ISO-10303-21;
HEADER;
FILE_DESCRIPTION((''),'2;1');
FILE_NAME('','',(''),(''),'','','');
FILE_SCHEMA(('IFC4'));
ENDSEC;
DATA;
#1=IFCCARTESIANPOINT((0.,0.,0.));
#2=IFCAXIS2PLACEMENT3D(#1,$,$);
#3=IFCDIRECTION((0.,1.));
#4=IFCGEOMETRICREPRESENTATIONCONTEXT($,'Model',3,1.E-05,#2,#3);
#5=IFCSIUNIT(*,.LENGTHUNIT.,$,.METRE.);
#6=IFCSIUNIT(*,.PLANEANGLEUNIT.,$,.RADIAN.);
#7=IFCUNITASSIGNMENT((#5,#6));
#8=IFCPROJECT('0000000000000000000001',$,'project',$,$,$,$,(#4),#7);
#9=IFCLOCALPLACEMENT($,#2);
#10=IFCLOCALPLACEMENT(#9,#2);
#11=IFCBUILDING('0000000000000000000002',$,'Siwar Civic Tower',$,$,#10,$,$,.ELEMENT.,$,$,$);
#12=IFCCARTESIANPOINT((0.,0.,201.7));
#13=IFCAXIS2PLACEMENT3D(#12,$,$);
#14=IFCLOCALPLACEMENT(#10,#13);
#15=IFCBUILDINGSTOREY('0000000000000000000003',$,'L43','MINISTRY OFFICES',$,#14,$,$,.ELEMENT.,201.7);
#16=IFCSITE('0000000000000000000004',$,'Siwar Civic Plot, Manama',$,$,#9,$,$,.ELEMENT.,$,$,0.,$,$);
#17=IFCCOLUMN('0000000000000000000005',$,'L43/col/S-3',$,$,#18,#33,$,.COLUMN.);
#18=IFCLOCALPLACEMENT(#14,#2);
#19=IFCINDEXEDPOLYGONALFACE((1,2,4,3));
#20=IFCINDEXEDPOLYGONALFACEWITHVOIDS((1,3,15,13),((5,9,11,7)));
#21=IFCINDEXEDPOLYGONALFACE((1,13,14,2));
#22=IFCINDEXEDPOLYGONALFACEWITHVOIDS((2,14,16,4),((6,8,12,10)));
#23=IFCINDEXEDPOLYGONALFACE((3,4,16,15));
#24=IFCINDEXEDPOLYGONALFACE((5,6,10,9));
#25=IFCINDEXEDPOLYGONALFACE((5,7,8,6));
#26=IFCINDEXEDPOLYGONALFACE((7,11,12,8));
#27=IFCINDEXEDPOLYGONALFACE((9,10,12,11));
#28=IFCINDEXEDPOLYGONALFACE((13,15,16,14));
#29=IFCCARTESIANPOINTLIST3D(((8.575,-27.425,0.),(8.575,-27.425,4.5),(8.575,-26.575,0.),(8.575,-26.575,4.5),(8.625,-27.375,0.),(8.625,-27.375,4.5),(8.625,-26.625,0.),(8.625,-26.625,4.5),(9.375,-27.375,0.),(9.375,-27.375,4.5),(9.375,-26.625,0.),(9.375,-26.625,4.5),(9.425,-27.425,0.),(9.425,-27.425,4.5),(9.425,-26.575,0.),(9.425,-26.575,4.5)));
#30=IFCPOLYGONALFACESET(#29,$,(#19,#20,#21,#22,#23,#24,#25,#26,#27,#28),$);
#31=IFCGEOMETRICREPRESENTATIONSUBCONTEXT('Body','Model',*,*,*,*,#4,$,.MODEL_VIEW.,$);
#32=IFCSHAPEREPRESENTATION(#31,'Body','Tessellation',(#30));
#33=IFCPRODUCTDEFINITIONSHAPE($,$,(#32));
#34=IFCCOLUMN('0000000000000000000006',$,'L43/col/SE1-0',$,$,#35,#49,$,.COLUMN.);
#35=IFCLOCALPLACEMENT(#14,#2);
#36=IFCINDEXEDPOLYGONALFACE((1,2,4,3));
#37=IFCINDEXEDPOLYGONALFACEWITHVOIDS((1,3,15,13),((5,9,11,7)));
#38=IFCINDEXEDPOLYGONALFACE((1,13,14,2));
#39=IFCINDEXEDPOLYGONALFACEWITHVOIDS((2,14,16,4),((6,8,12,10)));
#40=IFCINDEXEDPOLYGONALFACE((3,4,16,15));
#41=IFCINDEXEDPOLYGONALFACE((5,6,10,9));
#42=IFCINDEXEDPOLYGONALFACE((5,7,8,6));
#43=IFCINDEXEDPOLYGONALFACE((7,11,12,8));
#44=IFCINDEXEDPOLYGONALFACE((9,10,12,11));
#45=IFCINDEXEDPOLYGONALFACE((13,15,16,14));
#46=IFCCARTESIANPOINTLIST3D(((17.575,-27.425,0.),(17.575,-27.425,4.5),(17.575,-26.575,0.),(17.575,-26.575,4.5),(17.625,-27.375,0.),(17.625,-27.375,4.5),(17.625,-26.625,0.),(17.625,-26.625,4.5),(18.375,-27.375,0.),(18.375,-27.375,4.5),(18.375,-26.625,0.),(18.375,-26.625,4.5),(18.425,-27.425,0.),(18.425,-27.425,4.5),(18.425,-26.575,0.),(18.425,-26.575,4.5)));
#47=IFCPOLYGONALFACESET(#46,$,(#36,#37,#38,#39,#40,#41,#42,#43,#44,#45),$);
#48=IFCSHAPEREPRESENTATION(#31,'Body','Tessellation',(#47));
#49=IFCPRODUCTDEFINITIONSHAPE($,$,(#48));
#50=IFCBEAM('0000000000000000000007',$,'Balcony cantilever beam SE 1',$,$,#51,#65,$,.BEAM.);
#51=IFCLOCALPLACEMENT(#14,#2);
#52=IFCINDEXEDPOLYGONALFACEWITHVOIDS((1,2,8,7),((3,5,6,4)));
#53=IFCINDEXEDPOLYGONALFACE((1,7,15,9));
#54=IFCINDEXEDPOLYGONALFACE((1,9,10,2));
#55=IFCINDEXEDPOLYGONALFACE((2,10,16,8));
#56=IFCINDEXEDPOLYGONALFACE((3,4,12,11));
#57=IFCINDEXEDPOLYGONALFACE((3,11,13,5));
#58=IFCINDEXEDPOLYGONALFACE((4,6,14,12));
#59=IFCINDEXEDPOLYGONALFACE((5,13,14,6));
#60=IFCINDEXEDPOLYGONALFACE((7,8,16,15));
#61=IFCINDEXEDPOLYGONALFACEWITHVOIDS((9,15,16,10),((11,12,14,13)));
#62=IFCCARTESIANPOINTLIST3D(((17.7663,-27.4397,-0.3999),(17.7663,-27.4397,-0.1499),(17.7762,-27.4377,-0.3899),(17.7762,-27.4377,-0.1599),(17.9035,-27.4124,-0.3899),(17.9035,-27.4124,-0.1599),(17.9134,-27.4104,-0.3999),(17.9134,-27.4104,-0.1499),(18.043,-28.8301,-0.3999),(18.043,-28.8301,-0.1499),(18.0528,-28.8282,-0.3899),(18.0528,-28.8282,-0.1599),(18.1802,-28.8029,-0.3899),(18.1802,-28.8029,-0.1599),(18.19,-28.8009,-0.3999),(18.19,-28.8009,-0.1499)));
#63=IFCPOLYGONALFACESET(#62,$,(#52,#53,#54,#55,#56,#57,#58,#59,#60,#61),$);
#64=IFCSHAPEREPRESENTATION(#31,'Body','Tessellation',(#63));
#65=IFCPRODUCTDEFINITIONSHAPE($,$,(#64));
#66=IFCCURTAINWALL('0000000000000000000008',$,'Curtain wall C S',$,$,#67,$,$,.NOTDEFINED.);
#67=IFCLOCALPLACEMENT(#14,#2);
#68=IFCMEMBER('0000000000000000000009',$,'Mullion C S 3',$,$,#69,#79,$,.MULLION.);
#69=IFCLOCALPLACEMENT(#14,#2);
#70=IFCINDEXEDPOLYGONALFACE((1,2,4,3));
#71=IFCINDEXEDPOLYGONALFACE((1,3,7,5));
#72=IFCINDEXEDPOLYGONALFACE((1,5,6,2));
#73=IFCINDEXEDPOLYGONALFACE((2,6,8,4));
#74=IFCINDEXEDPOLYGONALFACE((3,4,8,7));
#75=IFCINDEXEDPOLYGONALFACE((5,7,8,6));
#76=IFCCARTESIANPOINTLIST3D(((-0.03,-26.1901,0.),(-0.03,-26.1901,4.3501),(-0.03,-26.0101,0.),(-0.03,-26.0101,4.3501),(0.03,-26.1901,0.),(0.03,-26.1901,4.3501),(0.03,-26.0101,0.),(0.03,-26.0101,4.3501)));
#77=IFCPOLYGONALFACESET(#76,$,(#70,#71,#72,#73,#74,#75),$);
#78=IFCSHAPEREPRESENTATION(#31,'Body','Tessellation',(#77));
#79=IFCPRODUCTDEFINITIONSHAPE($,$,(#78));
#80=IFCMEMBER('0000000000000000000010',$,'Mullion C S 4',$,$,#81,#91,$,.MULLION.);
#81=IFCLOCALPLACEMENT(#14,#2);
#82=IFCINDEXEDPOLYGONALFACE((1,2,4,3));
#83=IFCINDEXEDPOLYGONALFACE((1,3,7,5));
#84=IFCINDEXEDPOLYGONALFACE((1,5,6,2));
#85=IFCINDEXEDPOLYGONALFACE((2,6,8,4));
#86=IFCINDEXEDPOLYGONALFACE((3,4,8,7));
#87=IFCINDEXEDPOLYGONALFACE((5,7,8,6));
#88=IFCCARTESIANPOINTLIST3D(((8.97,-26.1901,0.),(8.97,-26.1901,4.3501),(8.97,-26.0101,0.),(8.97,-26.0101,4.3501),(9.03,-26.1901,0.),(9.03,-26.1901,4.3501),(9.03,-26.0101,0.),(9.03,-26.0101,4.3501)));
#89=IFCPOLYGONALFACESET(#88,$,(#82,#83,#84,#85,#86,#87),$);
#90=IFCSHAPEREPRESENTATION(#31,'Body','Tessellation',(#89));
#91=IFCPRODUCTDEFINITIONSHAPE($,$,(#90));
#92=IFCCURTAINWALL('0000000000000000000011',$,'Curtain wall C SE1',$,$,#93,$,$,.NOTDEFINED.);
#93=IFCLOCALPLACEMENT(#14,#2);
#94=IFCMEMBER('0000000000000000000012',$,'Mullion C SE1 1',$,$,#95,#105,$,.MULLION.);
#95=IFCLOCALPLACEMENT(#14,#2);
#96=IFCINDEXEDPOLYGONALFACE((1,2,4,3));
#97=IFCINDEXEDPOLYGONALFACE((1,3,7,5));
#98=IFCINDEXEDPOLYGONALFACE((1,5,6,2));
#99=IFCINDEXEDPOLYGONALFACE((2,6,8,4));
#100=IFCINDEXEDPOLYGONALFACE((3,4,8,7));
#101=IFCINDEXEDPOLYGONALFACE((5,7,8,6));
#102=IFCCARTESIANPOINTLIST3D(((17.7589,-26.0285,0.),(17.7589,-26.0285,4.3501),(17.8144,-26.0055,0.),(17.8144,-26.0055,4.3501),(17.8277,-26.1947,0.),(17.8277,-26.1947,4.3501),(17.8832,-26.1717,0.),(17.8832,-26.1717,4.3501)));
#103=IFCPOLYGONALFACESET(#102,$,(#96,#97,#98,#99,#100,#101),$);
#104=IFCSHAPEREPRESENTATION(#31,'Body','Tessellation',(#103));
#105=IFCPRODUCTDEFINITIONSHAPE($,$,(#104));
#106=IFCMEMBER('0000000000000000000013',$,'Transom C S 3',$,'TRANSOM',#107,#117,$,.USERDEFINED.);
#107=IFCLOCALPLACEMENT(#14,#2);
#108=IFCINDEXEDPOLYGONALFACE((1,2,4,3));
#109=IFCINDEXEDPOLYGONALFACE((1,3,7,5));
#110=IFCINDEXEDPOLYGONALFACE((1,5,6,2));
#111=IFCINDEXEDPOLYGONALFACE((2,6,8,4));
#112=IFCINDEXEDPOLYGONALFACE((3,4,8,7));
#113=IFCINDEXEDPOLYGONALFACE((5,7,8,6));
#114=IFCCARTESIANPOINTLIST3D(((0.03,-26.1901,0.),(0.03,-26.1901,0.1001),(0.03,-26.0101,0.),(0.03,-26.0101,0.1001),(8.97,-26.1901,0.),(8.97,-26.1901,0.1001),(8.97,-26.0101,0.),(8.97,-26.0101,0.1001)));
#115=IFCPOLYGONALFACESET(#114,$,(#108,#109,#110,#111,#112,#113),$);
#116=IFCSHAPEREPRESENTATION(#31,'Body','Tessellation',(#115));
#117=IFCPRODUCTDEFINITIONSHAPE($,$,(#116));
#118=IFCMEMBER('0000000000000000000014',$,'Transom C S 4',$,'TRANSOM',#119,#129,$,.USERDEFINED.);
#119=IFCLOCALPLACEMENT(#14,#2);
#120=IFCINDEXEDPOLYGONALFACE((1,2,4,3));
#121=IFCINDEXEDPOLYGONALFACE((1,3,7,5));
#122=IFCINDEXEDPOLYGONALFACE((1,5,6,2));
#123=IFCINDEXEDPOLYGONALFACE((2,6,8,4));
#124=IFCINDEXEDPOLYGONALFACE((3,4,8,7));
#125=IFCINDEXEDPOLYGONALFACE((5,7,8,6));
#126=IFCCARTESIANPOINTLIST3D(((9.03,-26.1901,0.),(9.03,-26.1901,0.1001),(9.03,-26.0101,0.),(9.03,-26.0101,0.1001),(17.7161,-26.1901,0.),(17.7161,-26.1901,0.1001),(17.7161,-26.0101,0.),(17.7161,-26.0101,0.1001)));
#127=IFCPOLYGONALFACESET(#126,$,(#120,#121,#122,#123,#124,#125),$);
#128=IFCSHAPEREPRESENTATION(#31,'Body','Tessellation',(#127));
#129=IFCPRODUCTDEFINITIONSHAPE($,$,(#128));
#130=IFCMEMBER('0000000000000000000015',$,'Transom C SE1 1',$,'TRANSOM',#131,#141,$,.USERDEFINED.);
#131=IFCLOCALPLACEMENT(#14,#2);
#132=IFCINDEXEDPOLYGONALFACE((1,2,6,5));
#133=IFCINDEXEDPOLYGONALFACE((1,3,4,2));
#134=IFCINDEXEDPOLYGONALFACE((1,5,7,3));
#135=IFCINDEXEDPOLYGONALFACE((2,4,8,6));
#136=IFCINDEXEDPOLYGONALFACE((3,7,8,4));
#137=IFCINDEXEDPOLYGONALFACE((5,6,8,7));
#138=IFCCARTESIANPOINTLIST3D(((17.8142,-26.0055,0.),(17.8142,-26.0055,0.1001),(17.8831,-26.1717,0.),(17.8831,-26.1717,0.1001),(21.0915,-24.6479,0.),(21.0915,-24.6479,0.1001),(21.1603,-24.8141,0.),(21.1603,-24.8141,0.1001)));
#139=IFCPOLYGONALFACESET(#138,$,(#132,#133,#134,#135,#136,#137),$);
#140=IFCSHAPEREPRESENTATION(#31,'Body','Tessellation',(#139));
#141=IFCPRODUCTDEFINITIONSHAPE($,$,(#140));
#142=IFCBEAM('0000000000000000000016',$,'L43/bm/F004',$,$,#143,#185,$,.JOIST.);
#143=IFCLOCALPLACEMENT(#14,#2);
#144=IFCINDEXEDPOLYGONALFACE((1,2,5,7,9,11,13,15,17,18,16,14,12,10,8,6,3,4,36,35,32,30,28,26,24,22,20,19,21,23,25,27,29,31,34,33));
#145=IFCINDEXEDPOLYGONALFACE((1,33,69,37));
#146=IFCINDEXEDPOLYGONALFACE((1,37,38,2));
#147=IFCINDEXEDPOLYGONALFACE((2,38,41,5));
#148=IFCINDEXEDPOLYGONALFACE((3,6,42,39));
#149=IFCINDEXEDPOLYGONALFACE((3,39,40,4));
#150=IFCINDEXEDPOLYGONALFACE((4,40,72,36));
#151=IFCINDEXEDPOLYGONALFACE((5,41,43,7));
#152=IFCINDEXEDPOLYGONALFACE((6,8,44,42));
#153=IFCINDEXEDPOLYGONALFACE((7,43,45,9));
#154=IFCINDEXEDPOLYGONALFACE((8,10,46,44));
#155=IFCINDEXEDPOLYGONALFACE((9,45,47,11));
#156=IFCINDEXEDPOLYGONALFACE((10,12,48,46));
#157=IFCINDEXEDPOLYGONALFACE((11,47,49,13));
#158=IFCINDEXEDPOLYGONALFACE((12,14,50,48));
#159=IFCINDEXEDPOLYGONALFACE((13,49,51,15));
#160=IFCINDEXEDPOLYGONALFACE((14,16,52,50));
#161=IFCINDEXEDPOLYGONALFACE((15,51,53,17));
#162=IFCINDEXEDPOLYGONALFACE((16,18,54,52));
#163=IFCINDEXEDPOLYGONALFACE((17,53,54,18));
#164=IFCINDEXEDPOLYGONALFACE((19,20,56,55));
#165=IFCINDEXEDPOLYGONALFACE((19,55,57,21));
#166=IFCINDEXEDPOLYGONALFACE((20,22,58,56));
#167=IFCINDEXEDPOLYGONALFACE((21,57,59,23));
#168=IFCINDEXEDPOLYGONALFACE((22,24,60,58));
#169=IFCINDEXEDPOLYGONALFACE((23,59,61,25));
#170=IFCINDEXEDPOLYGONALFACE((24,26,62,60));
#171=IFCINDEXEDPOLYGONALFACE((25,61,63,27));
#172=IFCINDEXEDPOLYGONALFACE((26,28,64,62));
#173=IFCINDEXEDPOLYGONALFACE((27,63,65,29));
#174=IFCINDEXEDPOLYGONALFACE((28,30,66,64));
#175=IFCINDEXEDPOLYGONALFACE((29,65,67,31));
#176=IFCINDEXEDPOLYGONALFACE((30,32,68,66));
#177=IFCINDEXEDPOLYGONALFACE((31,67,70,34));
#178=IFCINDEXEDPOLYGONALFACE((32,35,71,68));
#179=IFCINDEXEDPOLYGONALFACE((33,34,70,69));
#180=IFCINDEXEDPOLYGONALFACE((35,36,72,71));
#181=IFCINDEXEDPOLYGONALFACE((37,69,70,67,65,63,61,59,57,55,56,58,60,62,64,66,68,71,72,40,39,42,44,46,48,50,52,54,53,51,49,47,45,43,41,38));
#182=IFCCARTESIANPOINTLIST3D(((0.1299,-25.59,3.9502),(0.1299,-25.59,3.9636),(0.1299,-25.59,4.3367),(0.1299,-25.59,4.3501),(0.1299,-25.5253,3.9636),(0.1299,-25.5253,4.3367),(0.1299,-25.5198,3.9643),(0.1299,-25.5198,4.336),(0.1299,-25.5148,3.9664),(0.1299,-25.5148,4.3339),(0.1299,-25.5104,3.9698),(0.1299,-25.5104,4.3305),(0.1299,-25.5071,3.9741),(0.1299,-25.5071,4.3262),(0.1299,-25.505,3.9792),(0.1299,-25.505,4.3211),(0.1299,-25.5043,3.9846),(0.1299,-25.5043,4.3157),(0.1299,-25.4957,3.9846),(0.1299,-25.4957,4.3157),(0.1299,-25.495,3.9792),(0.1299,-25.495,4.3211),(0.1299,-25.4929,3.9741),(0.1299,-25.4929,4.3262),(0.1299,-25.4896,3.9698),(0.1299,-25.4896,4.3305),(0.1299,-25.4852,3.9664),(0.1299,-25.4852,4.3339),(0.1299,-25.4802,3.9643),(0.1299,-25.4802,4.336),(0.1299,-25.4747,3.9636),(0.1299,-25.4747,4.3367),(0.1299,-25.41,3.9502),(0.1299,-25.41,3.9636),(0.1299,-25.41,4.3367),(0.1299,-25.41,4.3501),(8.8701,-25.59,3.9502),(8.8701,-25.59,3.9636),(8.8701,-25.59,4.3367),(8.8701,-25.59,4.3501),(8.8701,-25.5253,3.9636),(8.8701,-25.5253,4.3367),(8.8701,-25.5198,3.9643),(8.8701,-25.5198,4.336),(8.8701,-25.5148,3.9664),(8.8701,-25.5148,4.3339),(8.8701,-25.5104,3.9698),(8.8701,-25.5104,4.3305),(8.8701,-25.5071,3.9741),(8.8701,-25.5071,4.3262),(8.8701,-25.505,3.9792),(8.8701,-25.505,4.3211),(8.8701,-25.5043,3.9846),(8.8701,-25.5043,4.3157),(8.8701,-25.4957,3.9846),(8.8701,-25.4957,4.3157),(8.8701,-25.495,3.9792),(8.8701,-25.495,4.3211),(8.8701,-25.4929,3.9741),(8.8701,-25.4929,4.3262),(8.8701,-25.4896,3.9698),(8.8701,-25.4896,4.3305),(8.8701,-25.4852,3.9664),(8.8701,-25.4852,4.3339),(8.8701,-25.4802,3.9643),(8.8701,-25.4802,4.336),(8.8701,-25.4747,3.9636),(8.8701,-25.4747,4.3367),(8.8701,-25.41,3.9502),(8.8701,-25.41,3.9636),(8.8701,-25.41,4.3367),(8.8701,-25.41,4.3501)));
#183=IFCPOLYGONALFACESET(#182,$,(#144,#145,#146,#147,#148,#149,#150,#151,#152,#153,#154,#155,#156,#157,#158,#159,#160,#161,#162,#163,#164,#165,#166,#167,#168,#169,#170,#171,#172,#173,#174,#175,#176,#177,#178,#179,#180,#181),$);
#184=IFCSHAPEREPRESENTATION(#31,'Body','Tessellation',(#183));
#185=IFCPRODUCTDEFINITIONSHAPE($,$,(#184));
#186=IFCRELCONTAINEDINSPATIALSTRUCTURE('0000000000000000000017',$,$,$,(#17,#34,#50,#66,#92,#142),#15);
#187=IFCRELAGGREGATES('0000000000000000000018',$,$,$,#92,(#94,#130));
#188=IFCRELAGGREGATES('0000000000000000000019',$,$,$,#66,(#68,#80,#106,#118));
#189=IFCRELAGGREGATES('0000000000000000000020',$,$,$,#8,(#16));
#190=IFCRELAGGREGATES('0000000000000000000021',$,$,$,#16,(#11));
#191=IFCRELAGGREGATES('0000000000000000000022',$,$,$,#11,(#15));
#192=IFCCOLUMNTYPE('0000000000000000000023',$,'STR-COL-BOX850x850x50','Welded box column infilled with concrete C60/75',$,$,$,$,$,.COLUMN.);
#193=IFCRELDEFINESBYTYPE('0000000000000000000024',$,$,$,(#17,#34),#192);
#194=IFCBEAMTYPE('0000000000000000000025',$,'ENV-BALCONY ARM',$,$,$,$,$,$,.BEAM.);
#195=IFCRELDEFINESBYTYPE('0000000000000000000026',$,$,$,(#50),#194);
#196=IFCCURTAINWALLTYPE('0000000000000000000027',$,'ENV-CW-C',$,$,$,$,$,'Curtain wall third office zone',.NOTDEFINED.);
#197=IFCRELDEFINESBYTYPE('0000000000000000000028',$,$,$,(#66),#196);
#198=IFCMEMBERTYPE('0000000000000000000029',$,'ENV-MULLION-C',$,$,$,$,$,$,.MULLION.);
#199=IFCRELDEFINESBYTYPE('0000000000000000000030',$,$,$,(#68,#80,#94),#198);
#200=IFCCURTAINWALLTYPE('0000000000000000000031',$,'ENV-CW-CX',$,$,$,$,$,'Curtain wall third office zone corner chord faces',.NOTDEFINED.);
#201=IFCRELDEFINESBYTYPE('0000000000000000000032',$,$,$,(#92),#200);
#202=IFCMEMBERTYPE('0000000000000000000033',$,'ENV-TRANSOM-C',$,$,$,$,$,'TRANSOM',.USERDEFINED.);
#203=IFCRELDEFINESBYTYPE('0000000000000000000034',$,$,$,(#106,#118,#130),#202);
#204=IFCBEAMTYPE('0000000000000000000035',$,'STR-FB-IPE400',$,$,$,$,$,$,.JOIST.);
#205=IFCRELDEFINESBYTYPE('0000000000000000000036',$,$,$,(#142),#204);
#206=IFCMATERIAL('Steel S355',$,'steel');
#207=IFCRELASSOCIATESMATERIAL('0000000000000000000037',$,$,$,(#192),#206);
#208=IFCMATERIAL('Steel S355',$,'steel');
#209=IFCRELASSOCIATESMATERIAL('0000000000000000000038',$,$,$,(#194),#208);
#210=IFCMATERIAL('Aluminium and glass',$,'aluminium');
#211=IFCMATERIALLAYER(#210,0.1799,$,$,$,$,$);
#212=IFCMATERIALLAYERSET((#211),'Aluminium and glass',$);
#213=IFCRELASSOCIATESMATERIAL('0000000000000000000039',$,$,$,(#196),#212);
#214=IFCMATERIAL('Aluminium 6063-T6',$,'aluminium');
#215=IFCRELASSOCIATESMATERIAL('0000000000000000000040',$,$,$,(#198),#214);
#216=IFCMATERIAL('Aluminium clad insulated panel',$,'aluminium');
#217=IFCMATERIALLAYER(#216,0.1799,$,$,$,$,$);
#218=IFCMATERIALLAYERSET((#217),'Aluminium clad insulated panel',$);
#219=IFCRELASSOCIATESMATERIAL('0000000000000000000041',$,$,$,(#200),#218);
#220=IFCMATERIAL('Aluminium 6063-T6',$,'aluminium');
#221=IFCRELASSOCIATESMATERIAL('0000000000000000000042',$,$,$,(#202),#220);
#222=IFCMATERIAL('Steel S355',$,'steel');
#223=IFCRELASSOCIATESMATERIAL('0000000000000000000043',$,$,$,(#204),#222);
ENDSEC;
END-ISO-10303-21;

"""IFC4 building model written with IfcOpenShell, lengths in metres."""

from ifc_helpers import new_model, si_unit, direction, frame, origin, origin_2d, place, context, subcontext, project, spatial, rectangle, hollow_rectangle, i_section, extrude, material, layer, layer_set, material_profile, profile_set, type_object, element, aggregate, save


model = new_model("IFC4")

# Units and contexts
model_context = context("Model", 3, precision=1e-05, world=origin(), true_north=direction((0.0, 1.0)))
body_context = subcontext(model_context, "Body", "Model", "MODEL_VIEW")
ifc_project = project(units=[si_unit("LENGTHUNIT", "METRE"), si_unit("PLANEANGLEUNIT", "RADIAN")], contexts=[model_context])

# Site, building, storey
site_placement = place(None, origin())
site = spatial("IfcSite", under=ifc_project, at=site_placement, Name="Siwar Civic Plot, Manama", CompositionType="ELEMENT", RefElevation=0.0)
building_placement = place(site_placement, origin())
building = spatial("IfcBuilding", under=site, at=building_placement, Name="Siwar Civic Tower", CompositionType="ELEMENT")
storey_placement = place(building_placement, frame((0.0, 0.0, 201.7)))
storey = spatial("IfcBuildingStorey", under=building, at=storey_placement, Name="L43", Description="MINISTRY OFFICES", CompositionType="ELEMENT", Elevation=201.7)

# Columns
ifc_material_1 = material(Name="Steel S355", Category="steel")
ifc_material_profile_1 = material_profile(ifc_material_1, hollow_rectangle(XDim=0.8501, YDim=0.8501, WallThickness=0.05, at=origin_2d()), Name="BOX850x850x50")
ifc_profile_set_1 = profile_set([ifc_material_profile_1], Name="Steel S355")
column_type = type_object("IfcColumnType", Name="STR-COL-BOX850x850x50", Description="Welded box column infilled with concrete C60/75", PredefinedType="COLUMN", material=ifc_profile_set_1)
for number, where, z_axis, x_axis, name in (
    (1, (9.0, -27.0, 0.0), (0.0, 0.0, 1.0), (1.0, 0.0, 0.0), "L43/col/S-3"),
    (2, (18.0, -27.0, 0.0), (0.0, 0.0, 1.0), (1.0, 0.0, 0.0), "L43/col/SE1-0"),
):
    element("IfcColumn", number, at=place(storey_placement, frame(where, z_axis=z_axis, x_axis=x_axis)), inside=storey, type_object=column_type, Name=name, PredefinedType="COLUMN", context=body_context, shape_type="SweptSolid", body=[
        extrude(hollow_rectangle(XDim=0.8501, YDim=0.8501, WallThickness=0.05, at=origin_2d()), origin(), (0.0, 0.0, 1.0), 4.5),
    ])

# Beam
ifc_material_2 = material(Name="Steel S355", Category="steel")
ifc_material_profile_2 = material_profile(ifc_material_2, hollow_rectangle(XDim=0.1499, YDim=0.25, WallThickness=0.01, at=origin_2d()), Name="RHS250x150x10")
ifc_profile_set_2 = profile_set([ifc_material_profile_2], Name="Steel S355")
beam_type_1 = type_object("IfcBeamType", Name="ENV-BALCONY ARM", PredefinedType="BEAM", material=ifc_profile_set_2)
beam_1_placement = place(storey_placement, frame((17.8398, -27.425, -0.2749), z_axis=(0.195122, -0.980779, 0.0), x_axis=(0.980779, 0.195122, 0.0)))
element("IfcBeam", 3, at=beam_1_placement, inside=storey, type_object=beam_type_1, Name="Balcony cantilever beam SE 1", PredefinedType="BEAM", context=body_context, shape_type="SweptSolid", body=[
    extrude(hollow_rectangle(XDim=0.1499, YDim=0.25, WallThickness=0.01, at=origin_2d()), origin(), (0.0, 0.0, 1.0), 1.4177),
])

# Curtain wall, members
ifc_material_3 = material(Name="Aluminium and glass", Category="aluminium")
ifc_layer_1 = layer(ifc_material_3, 0.1799)
ifc_layer_set_1 = layer_set([ifc_layer_1], Name="Aluminium and glass")
curtain_wall_type_1 = type_object("IfcCurtainWallType", Name="ENV-CW-C", ElementType="Curtain wall third office zone", PredefinedType="NOTDEFINED", material=ifc_layer_set_1)
curtain_wall_1_placement = place(storey_placement, origin())
curtain_wall_1 = element("IfcCurtainWall", 4, at=curtain_wall_1_placement, inside=storey, type_object=curtain_wall_type_1, Name="Curtain wall C S", PredefinedType="NOTDEFINED")
ifc_material_4 = material(Name="Aluminium 6063-T6", Category="aluminium")
ifc_material_profile_3 = material_profile(ifc_material_4, rectangle(XDim=0.1799, YDim=0.0601, at=origin_2d()), Name="AL 180x60")
ifc_profile_set_3 = profile_set([ifc_material_profile_3], Name="Aluminium 6063-T6")
member_type_1 = type_object("IfcMemberType", Name="ENV-MULLION-C", PredefinedType="MULLION", material=ifc_profile_set_3)
member_1_placement = place(storey_placement, frame((0.0, -26.1001, 0.0), z_axis=(0.0, 0.0, 1.0), x_axis=(0.0, 1.0, 0.0)))
member_1 = element("IfcMember", 5, at=member_1_placement, type_object=member_type_1, Name="Mullion C S 3", PredefinedType="MULLION", context=body_context, shape_type="SweptSolid", body=[
    extrude(rectangle(XDim=0.1799, YDim=0.0601, at=origin_2d()), origin(), (0.0, 0.0, 1.0), 4.3501),
])
member_2_placement = place(storey_placement, frame((9.0, -26.1001, 0.0), z_axis=(0.0, 0.0, 1.0), x_axis=(0.0, 1.0, 0.0)))
member_2 = element("IfcMember", 6, at=member_2_placement, type_object=member_type_1, Name="Mullion C S 4", PredefinedType="MULLION", context=body_context, shape_type="SweptSolid", body=[
    extrude(rectangle(XDim=0.1799, YDim=0.0601, at=origin_2d()), origin(), (0.0, 0.0, 1.0), 4.3501),
])

# Curtain wall, member
ifc_material_5 = material(Name="Aluminium clad insulated panel", Category="aluminium")
ifc_layer_2 = layer(ifc_material_5, 0.1799)
ifc_layer_set_2 = layer_set([ifc_layer_2], Name="Aluminium clad insulated panel")
curtain_wall_type_2 = type_object("IfcCurtainWallType", Name="ENV-CW-CX", ElementType="Curtain wall third office zone corner chord faces", PredefinedType="NOTDEFINED", material=ifc_layer_set_2)
curtain_wall_2_placement = place(storey_placement, origin())
curtain_wall_2 = element("IfcCurtainWall", 7, at=curtain_wall_2_placement, inside=storey, type_object=curtain_wall_type_2, Name="Curtain wall C SE1", PredefinedType="NOTDEFINED")
member_3_placement = place(storey_placement, frame((17.821, -26.1001, 0.0), z_axis=(0.0, 0.0, 1.0), x_axis=(-0.382683, 0.92388, 0.0)))
member_3 = element("IfcMember", 8, at=member_3_placement, type_object=member_type_1, Name="Mullion C SE1 1", PredefinedType="MULLION", context=body_context, shape_type="SweptSolid", body=[
    extrude(rectangle(XDim=0.1799, YDim=0.0601, at=origin_2d()), origin(), (0.0, 0.0, 1.0), 4.3501),
])

# Members
ifc_material_6 = material(Name="Aluminium 6063-T6", Category="aluminium")
ifc_material_profile_4 = material_profile(ifc_material_6, rectangle(XDim=0.1799, YDim=0.1001, at=origin_2d()), Name="AL 180x100")
ifc_profile_set_4 = profile_set([ifc_material_profile_4], Name="Aluminium 6063-T6")
member_type_2 = type_object("IfcMemberType", Name="ENV-TRANSOM-C", ElementType="TRANSOM", PredefinedType="USERDEFINED", material=ifc_profile_set_4)
member_4_placement = place(storey_placement, frame((0.03, -26.1001, 0.05), z_axis=(1.0, 0.0, 0.0), x_axis=(0.0, 1.0, 0.0)))
member_4 = element("IfcMember", 9, at=member_4_placement, type_object=member_type_2, Name="Transom C S 3", ObjectType="TRANSOM", PredefinedType="USERDEFINED", context=body_context, shape_type="SweptSolid", body=[
    extrude(rectangle(XDim=0.1799, YDim=0.1001, at=origin_2d()), origin(), (0.0, 0.0, 1.0), 8.9399),
])
member_5_placement = place(storey_placement, frame((9.03, -26.1001, 0.05), z_axis=(1.0, 0.0, 0.0), x_axis=(0.0, 1.0, 0.0)))
member_5 = element("IfcMember", 10, at=member_5_placement, type_object=member_type_2, Name="Transom C S 4", ObjectType="TRANSOM", PredefinedType="USERDEFINED", context=body_context, shape_type="SweptSolid", body=[
    extrude(rectangle(XDim=0.1799, YDim=0.1001, at=origin_2d()), origin(), (0.0, 0.0, 1.0), 8.686),
])
member_6_placement = place(storey_placement, frame((17.8486, -26.0886, 0.05), z_axis=(0.923865, 0.382719, 0.0), x_axis=(-0.382719, 0.923865, 0.0)))
member_6 = element("IfcMember", 11, at=member_6_placement, type_object=member_type_2, Name="Transom C SE1 1", ObjectType="TRANSOM", PredefinedType="USERDEFINED", context=body_context, shape_type="SweptSolid", body=[
    extrude(rectangle(XDim=0.1799, YDim=0.1001, at=origin_2d()), origin(), (0.0, 0.0, 1.0), 3.5474),
])
aggregate(curtain_wall_2, [member_3, member_6])

# Beam
ifc_material_7 = material(Name="Steel S355", Category="steel")
ifc_material_profile_5 = material_profile(ifc_material_7, i_section(OverallWidth=0.1799, OverallDepth=0.3999, WebThickness=0.0085, FlangeThickness=0.0134, FilletRadius=0.021, at=origin_2d()), Name="IPE400")
ifc_profile_set_5 = profile_set([ifc_material_profile_5], Name="Steel S355")
beam_type_2 = type_object("IfcBeamType", Name="STR-FB-IPE400", PredefinedType="JOIST", material=ifc_profile_set_5)
for number, where, z_axis, x_axis, name in (
    (12, (0.1299, -25.5, 4.1501), (1.0, 0.0, 0.0), (0.0, 1.0, 0.0), "L43/bm/F004"),
):
    element("IfcBeam", number, at=place(storey_placement, frame(where, z_axis=z_axis, x_axis=x_axis)), inside=storey, type_object=beam_type_2, Name=name, PredefinedType="JOIST", context=body_context, shape_type="SweptSolid", body=[
        extrude(i_section(OverallWidth=0.1799, OverallDepth=0.3999, WebThickness=0.0085, FlangeThickness=0.0134, FilletRadius=0.021, at=origin_2d()), origin(), (0.0, 0.0, 1.0), 8.7402),
    ])

aggregate(curtain_wall_1, [member_1, member_2, member_4, member_5])

save(model, "model.ifc")
